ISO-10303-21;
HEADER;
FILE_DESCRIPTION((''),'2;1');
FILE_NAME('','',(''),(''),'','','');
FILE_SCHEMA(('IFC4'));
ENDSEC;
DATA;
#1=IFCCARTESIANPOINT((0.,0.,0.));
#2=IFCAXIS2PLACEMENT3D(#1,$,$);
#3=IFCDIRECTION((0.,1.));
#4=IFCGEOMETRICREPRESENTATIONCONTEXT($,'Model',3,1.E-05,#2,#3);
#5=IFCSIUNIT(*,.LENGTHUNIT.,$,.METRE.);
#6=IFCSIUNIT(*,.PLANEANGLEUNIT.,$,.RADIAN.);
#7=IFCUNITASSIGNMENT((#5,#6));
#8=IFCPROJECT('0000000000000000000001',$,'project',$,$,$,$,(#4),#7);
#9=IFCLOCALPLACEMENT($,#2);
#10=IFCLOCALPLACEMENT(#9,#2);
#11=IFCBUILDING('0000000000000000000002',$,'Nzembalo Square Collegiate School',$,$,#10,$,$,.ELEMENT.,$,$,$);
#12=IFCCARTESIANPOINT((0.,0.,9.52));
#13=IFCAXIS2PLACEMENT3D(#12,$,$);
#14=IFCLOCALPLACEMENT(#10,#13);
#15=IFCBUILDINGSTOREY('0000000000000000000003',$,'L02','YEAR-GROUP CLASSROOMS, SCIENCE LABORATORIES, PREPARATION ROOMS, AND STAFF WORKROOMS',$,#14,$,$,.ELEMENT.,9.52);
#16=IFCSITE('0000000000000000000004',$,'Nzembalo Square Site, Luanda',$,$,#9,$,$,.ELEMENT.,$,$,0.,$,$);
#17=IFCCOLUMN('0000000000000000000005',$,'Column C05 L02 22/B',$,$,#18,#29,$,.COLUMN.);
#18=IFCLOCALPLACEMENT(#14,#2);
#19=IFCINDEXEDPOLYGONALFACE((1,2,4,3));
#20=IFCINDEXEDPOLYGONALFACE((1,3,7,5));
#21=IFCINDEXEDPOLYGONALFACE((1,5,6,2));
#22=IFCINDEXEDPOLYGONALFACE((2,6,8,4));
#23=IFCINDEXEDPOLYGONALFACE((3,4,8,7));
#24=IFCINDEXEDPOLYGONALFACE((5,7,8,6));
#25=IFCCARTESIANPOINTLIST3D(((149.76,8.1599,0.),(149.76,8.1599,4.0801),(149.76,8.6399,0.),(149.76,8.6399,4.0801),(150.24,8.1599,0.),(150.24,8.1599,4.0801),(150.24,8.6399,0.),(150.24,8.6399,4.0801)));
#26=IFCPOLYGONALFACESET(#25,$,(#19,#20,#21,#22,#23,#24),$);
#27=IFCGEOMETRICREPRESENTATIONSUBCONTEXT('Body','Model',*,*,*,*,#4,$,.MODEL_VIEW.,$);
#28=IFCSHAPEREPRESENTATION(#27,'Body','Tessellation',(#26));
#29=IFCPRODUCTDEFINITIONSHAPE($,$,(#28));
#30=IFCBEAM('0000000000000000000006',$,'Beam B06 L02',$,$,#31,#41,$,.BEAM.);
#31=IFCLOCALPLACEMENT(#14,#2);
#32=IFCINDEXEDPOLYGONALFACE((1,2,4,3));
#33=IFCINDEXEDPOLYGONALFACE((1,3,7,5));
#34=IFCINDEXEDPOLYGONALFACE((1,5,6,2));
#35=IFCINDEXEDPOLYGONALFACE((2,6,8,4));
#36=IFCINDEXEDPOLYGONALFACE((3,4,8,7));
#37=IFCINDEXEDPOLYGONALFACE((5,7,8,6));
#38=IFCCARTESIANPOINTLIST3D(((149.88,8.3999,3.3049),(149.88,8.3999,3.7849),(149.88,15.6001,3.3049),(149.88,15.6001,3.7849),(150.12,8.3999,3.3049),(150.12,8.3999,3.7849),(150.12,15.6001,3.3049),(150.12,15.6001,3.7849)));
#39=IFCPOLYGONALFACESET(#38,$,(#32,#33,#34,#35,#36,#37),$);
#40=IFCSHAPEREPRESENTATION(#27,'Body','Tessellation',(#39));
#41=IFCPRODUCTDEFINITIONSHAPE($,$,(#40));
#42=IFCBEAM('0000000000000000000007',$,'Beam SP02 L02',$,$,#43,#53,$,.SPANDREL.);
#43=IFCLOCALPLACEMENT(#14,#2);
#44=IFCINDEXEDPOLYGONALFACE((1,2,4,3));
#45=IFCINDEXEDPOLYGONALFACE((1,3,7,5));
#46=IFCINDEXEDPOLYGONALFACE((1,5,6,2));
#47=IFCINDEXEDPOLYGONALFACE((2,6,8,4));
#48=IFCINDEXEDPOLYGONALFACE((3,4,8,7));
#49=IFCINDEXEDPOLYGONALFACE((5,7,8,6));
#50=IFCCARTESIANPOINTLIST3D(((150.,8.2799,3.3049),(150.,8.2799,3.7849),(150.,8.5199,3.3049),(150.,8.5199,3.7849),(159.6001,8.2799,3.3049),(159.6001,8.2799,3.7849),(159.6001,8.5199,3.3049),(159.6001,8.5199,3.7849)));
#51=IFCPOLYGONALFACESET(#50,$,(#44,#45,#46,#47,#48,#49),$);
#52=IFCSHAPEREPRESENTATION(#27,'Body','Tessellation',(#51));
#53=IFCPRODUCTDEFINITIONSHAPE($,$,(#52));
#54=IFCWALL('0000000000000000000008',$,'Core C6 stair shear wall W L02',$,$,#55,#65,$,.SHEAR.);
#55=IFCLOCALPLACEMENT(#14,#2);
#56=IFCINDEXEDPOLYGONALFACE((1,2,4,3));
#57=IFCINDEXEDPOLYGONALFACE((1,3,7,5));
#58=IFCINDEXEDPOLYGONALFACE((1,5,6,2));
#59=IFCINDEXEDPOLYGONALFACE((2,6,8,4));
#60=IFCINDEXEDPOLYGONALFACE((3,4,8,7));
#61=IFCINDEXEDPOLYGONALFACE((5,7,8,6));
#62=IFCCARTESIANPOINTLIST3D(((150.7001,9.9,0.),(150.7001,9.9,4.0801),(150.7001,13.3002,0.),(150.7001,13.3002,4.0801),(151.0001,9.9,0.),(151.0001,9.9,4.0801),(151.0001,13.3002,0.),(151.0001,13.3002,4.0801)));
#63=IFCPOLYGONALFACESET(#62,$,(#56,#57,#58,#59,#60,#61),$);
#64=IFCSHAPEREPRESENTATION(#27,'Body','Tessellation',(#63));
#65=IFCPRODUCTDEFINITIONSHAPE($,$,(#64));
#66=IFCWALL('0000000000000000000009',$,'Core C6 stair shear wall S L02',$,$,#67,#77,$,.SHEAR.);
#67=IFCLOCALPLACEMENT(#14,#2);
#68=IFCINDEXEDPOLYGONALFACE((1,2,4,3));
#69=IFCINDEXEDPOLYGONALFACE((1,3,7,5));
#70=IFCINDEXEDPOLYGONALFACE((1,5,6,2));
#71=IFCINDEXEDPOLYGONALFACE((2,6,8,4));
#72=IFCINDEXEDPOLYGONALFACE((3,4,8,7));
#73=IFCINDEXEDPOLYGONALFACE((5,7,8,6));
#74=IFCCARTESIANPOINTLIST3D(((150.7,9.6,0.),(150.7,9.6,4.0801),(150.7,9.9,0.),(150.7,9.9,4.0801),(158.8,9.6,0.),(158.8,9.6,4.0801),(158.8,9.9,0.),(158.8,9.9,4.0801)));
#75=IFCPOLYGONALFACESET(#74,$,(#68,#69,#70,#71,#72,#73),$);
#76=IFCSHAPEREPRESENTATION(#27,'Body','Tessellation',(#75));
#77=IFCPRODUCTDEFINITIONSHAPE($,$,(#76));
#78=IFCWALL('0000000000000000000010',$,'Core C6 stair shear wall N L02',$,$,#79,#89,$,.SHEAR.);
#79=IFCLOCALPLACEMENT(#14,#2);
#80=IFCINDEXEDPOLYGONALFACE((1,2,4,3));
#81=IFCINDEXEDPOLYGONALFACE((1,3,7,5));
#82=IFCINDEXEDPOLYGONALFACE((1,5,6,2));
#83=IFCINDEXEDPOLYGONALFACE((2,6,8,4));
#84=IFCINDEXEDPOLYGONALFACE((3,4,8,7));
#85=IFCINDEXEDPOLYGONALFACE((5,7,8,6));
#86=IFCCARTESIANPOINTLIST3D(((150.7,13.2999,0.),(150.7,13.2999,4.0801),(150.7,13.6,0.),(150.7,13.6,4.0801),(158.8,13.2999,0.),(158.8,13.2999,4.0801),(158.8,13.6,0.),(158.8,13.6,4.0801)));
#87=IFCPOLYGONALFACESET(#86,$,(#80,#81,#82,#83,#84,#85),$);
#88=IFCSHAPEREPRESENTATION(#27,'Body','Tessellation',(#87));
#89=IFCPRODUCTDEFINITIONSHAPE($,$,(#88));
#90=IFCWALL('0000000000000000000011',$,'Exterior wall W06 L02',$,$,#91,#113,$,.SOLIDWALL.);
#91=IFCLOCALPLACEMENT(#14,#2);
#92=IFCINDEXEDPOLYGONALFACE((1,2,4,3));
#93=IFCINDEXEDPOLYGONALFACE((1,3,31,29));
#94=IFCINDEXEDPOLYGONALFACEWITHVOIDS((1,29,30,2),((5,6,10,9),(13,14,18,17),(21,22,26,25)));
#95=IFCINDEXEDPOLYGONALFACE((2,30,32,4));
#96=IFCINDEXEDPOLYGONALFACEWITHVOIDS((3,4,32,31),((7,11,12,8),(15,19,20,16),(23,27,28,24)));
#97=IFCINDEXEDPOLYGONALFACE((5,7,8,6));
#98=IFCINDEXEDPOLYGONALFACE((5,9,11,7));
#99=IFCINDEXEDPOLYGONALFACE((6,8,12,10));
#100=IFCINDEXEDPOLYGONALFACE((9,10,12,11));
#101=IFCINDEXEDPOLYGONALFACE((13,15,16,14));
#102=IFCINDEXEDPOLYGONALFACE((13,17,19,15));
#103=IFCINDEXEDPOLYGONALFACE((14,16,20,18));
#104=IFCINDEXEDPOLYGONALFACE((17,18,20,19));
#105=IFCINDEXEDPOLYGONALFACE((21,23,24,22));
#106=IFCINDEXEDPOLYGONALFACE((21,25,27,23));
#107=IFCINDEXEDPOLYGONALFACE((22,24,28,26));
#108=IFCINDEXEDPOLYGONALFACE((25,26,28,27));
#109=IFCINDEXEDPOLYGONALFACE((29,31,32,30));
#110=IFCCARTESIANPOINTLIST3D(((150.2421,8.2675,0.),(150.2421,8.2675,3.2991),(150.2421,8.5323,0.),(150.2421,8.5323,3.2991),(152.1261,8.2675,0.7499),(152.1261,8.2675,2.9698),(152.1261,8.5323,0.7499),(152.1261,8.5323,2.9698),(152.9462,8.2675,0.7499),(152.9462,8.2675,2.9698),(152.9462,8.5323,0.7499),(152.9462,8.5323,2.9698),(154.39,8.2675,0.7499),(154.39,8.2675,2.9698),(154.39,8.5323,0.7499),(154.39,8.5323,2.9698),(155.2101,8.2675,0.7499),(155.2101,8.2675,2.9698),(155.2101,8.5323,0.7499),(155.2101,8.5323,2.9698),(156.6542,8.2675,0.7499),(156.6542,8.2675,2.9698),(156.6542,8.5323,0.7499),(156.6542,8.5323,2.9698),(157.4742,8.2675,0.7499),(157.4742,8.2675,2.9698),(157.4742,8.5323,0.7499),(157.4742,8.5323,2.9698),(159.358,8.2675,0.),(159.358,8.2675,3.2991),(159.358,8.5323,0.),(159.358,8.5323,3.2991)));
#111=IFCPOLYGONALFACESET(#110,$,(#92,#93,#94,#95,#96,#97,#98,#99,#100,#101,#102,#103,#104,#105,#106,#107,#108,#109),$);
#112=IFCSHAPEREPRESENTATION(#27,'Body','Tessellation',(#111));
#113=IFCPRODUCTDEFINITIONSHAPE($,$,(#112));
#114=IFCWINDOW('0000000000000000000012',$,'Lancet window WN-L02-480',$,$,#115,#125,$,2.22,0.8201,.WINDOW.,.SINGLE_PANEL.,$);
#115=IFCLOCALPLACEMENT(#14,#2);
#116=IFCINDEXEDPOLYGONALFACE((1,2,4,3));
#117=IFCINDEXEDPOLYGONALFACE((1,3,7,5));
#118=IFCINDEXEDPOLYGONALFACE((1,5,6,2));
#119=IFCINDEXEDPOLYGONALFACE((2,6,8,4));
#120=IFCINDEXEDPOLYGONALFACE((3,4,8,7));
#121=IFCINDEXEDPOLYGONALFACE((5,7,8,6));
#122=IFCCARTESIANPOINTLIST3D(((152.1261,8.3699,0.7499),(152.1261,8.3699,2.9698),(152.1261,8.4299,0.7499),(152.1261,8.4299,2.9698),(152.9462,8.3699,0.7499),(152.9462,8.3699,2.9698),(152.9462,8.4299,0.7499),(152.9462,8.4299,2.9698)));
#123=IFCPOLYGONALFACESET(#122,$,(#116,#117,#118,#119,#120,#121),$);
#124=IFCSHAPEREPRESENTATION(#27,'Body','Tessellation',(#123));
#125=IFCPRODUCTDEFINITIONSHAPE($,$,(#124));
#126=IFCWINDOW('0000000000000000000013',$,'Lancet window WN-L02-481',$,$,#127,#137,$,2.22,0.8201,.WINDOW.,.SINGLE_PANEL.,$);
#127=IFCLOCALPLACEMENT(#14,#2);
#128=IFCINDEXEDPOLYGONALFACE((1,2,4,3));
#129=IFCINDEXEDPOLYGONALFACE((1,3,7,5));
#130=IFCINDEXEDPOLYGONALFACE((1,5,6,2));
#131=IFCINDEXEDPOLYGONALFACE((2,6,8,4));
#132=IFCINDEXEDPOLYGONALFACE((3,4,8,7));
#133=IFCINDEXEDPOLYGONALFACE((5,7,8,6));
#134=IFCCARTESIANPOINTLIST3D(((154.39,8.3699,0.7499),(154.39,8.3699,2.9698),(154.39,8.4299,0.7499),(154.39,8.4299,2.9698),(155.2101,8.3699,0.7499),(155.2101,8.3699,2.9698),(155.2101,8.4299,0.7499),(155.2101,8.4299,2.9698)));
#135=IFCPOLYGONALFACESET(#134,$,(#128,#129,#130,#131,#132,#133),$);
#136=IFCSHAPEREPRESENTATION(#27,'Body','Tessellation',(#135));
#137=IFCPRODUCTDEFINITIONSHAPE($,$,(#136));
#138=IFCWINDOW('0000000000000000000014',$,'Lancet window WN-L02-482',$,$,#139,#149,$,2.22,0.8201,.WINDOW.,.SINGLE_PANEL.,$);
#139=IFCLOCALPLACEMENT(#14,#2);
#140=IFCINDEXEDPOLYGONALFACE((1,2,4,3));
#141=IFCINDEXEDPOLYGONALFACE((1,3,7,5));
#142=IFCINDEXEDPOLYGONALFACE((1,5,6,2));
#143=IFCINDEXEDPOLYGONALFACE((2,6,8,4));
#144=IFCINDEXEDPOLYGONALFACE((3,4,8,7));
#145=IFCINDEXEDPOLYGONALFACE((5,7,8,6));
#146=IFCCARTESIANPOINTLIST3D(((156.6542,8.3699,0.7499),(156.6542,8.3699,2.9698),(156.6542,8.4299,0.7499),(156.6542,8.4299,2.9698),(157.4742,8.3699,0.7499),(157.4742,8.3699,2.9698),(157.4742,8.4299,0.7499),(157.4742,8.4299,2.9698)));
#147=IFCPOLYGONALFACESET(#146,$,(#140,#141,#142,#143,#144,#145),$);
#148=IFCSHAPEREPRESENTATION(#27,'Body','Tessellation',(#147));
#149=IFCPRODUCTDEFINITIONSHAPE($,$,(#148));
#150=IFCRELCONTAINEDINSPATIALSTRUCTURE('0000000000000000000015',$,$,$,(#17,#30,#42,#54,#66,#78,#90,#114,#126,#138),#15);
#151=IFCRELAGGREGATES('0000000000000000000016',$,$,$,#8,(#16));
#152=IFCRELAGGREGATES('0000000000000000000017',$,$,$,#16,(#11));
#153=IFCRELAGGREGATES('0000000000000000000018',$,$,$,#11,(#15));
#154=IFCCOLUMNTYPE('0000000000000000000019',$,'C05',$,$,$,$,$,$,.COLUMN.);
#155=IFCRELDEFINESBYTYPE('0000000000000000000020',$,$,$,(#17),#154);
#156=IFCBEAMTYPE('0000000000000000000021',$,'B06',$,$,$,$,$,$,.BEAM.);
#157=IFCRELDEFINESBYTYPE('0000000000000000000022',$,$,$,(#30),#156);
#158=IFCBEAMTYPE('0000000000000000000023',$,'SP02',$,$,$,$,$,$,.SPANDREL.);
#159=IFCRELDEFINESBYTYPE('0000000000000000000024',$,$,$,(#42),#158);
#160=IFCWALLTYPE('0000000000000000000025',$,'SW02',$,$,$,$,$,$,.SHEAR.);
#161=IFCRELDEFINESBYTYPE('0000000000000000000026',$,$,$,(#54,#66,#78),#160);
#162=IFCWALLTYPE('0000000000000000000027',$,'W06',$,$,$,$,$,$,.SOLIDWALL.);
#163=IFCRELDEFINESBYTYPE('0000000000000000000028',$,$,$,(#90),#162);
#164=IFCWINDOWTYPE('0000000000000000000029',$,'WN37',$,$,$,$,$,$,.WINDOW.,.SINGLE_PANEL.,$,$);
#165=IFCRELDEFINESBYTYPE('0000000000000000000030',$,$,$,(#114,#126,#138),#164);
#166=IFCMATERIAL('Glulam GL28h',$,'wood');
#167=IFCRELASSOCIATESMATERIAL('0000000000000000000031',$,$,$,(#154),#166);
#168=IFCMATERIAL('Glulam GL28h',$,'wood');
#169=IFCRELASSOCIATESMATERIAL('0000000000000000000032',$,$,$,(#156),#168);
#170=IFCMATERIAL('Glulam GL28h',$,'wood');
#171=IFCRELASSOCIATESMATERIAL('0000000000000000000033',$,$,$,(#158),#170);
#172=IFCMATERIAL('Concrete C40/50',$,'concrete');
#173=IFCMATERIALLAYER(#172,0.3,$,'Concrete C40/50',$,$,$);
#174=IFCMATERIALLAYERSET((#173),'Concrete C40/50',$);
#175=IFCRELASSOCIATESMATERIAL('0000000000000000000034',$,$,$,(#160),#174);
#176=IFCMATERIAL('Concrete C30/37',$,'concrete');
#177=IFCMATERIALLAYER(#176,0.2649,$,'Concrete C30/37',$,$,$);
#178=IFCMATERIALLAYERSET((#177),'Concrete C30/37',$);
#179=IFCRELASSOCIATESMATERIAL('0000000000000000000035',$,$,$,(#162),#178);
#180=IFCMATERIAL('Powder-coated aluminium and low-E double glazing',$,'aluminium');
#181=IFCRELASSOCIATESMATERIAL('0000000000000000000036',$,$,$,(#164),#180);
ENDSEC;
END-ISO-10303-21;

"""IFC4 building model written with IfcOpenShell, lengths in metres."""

from ifc_helpers import new_model, si_unit, direction, frame, frame_2d, origin, origin_2d, place, context, subcontext, project, spatial, rectangle, extrude, material, layer, layer_set, material_profile, profile_set, type_object, element, fill, save


model = new_model("IFC4")

# Units and contexts
model_context = context("Model", 3, precision=1e-05, world=origin(), true_north=direction((0.0, 1.0)))
body_context = subcontext(model_context, "Body", "Model", "MODEL_VIEW")
ifc_project = project(units=[si_unit("LENGTHUNIT", "METRE"), si_unit("PLANEANGLEUNIT", "RADIAN")], contexts=[model_context])

# Site, building, storey
site_placement = place(None, origin())
site = spatial("IfcSite", under=ifc_project, at=site_placement, Name="Nzembalo Square Site, Luanda", CompositionType="ELEMENT", RefElevation=0.0)
building_placement = place(site_placement, origin())
building = spatial("IfcBuilding", under=site, at=building_placement, Name="Nzembalo Square Collegiate School", CompositionType="ELEMENT")
storey_placement = place(building_placement, frame((0.0, 0.0, 9.52)))
storey = spatial("IfcBuildingStorey", under=building, at=storey_placement, Name="L02", Description="YEAR-GROUP CLASSROOMS, SCIENCE LABORATORIES, PREPARATION ROOMS, AND STAFF WORKROOMS", CompositionType="ELEMENT", Elevation=9.52)

# Column
ifc_material_1 = material(Name="Glulam GL28h", Category="wood")
ifc_material_profile_1 = material_profile(ifc_material_1, rectangle(XDim=0.48, YDim=0.48, at=origin_2d()), Name="GL28h 480x480")
ifc_profile_set_1 = profile_set([ifc_material_profile_1], Name="Glulam GL28h")
column_type = type_object("IfcColumnType", Name="C05", PredefinedType="COLUMN", material=ifc_profile_set_1)
column_placement = place(storey_placement, frame((150.0, 8.3999, 0.0), z_axis=(0.0, 0.0, 1.0), x_axis=(1.0, 0.0, 0.0)))
element("IfcColumn", 1, at=column_placement, inside=storey, type_object=column_type, Name="Column C05 L02 22/B", PredefinedType="COLUMN", context=body_context, shape_type="SweptSolid", body=[
    extrude(rectangle(XDim=0.48, YDim=0.48, at=origin_2d()), origin(), (0.0, 0.0, 1.0), 4.0801),
])

# Beams
ifc_material_2 = material(Name="Glulam GL28h", Category="wood")
ifc_material_profile_2 = material_profile(ifc_material_2, rectangle(XDim=0.24, YDim=0.48, at=origin_2d()), Name="GL28h 240x480")
ifc_profile_set_2 = profile_set([ifc_material_profile_2], Name="Glulam GL28h")
beam_type_1 = type_object("IfcBeamType", Name="B06", PredefinedType="BEAM", material=ifc_profile_set_2)
beam_1_placement = place(storey_placement, frame((150.0, 8.3999, 3.5449), z_axis=(0.0, 1.0, 0.0), x_axis=(-1.0, 0.0, 0.0)))
element("IfcBeam", 2, at=beam_1_placement, inside=storey, type_object=beam_type_1, Name="Beam B06 L02", PredefinedType="BEAM", context=body_context, shape_type="SweptSolid", body=[
    extrude(rectangle(XDim=0.24, YDim=0.48, at=origin_2d()), origin(), (0.0, 0.0, 1.0), 7.2002),
])
ifc_material_3 = material(Name="Glulam GL28h", Category="wood")
ifc_material_profile_3 = material_profile(ifc_material_3, rectangle(XDim=0.24, YDim=0.48, at=origin_2d()), Name="GL28h 240x480")
ifc_profile_set_3 = profile_set([ifc_material_profile_3], Name="Glulam GL28h")
beam_type_2 = type_object("IfcBeamType", Name="SP02", PredefinedType="SPANDREL", material=ifc_profile_set_3)
beam_2_placement = place(storey_placement, frame((150.0, 8.3999, 3.5449), z_axis=(1.0, 0.0, 0.0), x_axis=(0.0, 1.0, 0.0)))
element("IfcBeam", 3, at=beam_2_placement, inside=storey, type_object=beam_type_2, Name="Beam SP02 L02", PredefinedType="SPANDREL", context=body_context, shape_type="SweptSolid", body=[
    extrude(rectangle(XDim=0.24, YDim=0.48, at=origin_2d()), origin(), (0.0, 0.0, 1.0), 9.6001),
])

# Walls
ifc_material_4 = material(Name="Concrete C40/50", Category="concrete")
ifc_layer_1 = layer(ifc_material_4, 0.3, Name="Concrete C40/50")
ifc_layer_set_1 = layer_set([ifc_layer_1], Name="Concrete C40/50")
wall_type_1 = type_object("IfcWallType", Name="SW02", PredefinedType="SHEAR", material=ifc_layer_set_1)
wall_1_placement = place(storey_placement, frame((150.8501, 9.8999, 0.0), z_axis=(0.0, 0.0, 1.0), x_axis=(0.0, 1.0, 0.0)))
element("IfcWall", 4, at=wall_1_placement, inside=storey, type_object=wall_type_1, Name="Core C6 stair shear wall W L02", PredefinedType="SHEAR", context=body_context, shape_type="SweptSolid", body=[
    extrude(rectangle(XDim=3.4001, YDim=0.3, at=frame_2d((1.7002, 0.0))), origin(), (0.0, 0.0, 1.0), 4.0801),
])
for number, where, z_axis, x_axis, name in (
    (5, (150.7, 9.75, 0.0), (0.0, 0.0, 1.0), (1.0, 0.0, 0.0), "Core C6 stair shear wall S L02"),
    (6, (150.7, 13.45, 0.0), (0.0, 0.0, 1.0), (1.0, 0.0, 0.0), "Core C6 stair shear wall N L02"),
):
    element("IfcWall", number, at=place(storey_placement, frame(where, z_axis=z_axis, x_axis=x_axis)), inside=storey, type_object=wall_type_1, Name=name, PredefinedType="SHEAR", context=body_context, shape_type="SweptSolid", body=[
        extrude(rectangle(XDim=8.1001, YDim=0.3, at=frame_2d((4.05, 0.0))), origin(), (0.0, 0.0, 1.0), 4.0801),
    ])

# Wall, openings, windows
ifc_material_5 = material(Name="Concrete C30/37", Category="concrete")
ifc_layer_2 = layer(ifc_material_5, 0.2649, Name="Concrete C30/37")
ifc_layer_set_2 = layer_set([ifc_layer_2], Name="Concrete C30/37")
wall_type_2 = type_object("IfcWallType", Name="W06", PredefinedType="SOLIDWALL", material=ifc_layer_set_2)
wall_2_placement = place(storey_placement, frame((150.2419, 8.3999, 0.0), z_axis=(0.0, 0.0, 1.0), x_axis=(1.0, 0.0, 0.0)))
wall_2 = element("IfcWall", 7, at=wall_2_placement, inside=storey, type_object=wall_type_2, Name="Exterior wall W06 L02", PredefinedType="SOLIDWALL", context=body_context, shape_type="SweptSolid", body=[
    extrude(rectangle(XDim=9.116, YDim=0.2649, at=frame_2d((4.5581, 0.0))), origin(), (0.0, 0.0, 1.0), 3.2991),
])
opening_1_placement = place(wall_2_placement, frame((1.884, 0.0, 0.75)))
opening_1 = element("IfcOpeningElement", 8, at=opening_1_placement, cuts=wall_2, PredefinedType="OPENING", context=body_context, shape_type="SweptSolid", body=[
    extrude(rectangle(XDim=0.8201, YDim=2.22, at=frame_2d((0.4102, 1.1099))), frame((0.0, 0.1426, 0.0), z_axis=(0.0, -1.0, 0.0), x_axis=(1.0, 0.0, 0.0)), (0.0, 0.0, 1.0), 0.2849),
])
opening_2_placement = place(wall_2_placement, frame((4.1479, 0.0, 0.75)))
opening_2 = element("IfcOpeningElement", 9, at=opening_2_placement, cuts=wall_2, PredefinedType="OPENING", context=body_context, shape_type="SweptSolid", body=[
    extrude(rectangle(XDim=0.8201, YDim=2.22, at=frame_2d((0.4102, 1.1099))), frame((0.0, 0.1426, 0.0), z_axis=(0.0, -1.0, 0.0), x_axis=(1.0, 0.0, 0.0)), (0.0, 0.0, 1.0), 0.2849),
])
opening_3_placement = place(wall_2_placement, frame((6.4121, 0.0, 0.75)))
opening_3 = element("IfcOpeningElement", 10, at=opening_3_placement, cuts=wall_2, PredefinedType="OPENING", context=body_context, shape_type="SweptSolid", body=[
    extrude(rectangle(XDim=0.8201, YDim=2.22, at=frame_2d((0.4102, 1.1099))), frame((0.0, 0.1426, 0.0), z_axis=(0.0, -1.0, 0.0), x_axis=(1.0, 0.0, 0.0)), (0.0, 0.0, 1.0), 0.2849),
])
ifc_material_6 = material(Name="Powder-coated aluminium and low-E double glazing", Category="aluminium")
window_type = type_object("IfcWindowType", Name="WN37", PartitioningType="SINGLE_PANEL", PredefinedType="WINDOW", material=ifc_material_6)
window_1_placement = place(opening_1_placement, origin())
window_1 = element("IfcWindow", 11, at=window_1_placement, inside=storey, type_object=window_type, Name="Lancet window WN-L02-480", OverallHeight=2.22, OverallWidth=0.8201, PartitioningType="SINGLE_PANEL", PredefinedType="WINDOW", context=body_context, shape_type="SweptSolid", body=[
    extrude(rectangle(XDim=0.8201, YDim=2.22, at=frame_2d((0.4102, 1.1099))), frame((0.0, 0.03, 0.0), z_axis=(0.0, -1.0, 0.0), x_axis=(1.0, 0.0, 0.0)), (0.0, 0.0, 1.0), 0.0601),
])
fill(opening_1, window_1)
window_2_placement = place(opening_2_placement, origin())
window_2 = element("IfcWindow", 12, at=window_2_placement, inside=storey, type_object=window_type, Name="Lancet window WN-L02-481", OverallHeight=2.22, OverallWidth=0.8201, PartitioningType="SINGLE_PANEL", PredefinedType="WINDOW", context=body_context, shape_type="SweptSolid", body=[
    extrude(rectangle(XDim=0.8201, YDim=2.22, at=frame_2d((0.4102, 1.1099))), frame((0.0, 0.03, 0.0), z_axis=(0.0, -1.0, 0.0), x_axis=(1.0, 0.0, 0.0)), (0.0, 0.0, 1.0), 0.0601),
])
fill(opening_2, window_2)
window_3_placement = place(opening_3_placement, origin())
window_3 = element("IfcWindow", 13, at=window_3_placement, inside=storey, type_object=window_type, Name="Lancet window WN-L02-482", OverallHeight=2.22, OverallWidth=0.8201, PartitioningType="SINGLE_PANEL", PredefinedType="WINDOW", context=body_context, shape_type="SweptSolid", body=[
    extrude(rectangle(XDim=0.8201, YDim=2.22, at=frame_2d((0.4102, 1.1099))), frame((0.0, 0.03, 0.0), z_axis=(0.0, -1.0, 0.0), x_axis=(1.0, 0.0, 0.0)), (0.0, 0.0, 1.0), 0.0601),
])
fill(opening_3, window_3)

save(model, "model.ifc")
